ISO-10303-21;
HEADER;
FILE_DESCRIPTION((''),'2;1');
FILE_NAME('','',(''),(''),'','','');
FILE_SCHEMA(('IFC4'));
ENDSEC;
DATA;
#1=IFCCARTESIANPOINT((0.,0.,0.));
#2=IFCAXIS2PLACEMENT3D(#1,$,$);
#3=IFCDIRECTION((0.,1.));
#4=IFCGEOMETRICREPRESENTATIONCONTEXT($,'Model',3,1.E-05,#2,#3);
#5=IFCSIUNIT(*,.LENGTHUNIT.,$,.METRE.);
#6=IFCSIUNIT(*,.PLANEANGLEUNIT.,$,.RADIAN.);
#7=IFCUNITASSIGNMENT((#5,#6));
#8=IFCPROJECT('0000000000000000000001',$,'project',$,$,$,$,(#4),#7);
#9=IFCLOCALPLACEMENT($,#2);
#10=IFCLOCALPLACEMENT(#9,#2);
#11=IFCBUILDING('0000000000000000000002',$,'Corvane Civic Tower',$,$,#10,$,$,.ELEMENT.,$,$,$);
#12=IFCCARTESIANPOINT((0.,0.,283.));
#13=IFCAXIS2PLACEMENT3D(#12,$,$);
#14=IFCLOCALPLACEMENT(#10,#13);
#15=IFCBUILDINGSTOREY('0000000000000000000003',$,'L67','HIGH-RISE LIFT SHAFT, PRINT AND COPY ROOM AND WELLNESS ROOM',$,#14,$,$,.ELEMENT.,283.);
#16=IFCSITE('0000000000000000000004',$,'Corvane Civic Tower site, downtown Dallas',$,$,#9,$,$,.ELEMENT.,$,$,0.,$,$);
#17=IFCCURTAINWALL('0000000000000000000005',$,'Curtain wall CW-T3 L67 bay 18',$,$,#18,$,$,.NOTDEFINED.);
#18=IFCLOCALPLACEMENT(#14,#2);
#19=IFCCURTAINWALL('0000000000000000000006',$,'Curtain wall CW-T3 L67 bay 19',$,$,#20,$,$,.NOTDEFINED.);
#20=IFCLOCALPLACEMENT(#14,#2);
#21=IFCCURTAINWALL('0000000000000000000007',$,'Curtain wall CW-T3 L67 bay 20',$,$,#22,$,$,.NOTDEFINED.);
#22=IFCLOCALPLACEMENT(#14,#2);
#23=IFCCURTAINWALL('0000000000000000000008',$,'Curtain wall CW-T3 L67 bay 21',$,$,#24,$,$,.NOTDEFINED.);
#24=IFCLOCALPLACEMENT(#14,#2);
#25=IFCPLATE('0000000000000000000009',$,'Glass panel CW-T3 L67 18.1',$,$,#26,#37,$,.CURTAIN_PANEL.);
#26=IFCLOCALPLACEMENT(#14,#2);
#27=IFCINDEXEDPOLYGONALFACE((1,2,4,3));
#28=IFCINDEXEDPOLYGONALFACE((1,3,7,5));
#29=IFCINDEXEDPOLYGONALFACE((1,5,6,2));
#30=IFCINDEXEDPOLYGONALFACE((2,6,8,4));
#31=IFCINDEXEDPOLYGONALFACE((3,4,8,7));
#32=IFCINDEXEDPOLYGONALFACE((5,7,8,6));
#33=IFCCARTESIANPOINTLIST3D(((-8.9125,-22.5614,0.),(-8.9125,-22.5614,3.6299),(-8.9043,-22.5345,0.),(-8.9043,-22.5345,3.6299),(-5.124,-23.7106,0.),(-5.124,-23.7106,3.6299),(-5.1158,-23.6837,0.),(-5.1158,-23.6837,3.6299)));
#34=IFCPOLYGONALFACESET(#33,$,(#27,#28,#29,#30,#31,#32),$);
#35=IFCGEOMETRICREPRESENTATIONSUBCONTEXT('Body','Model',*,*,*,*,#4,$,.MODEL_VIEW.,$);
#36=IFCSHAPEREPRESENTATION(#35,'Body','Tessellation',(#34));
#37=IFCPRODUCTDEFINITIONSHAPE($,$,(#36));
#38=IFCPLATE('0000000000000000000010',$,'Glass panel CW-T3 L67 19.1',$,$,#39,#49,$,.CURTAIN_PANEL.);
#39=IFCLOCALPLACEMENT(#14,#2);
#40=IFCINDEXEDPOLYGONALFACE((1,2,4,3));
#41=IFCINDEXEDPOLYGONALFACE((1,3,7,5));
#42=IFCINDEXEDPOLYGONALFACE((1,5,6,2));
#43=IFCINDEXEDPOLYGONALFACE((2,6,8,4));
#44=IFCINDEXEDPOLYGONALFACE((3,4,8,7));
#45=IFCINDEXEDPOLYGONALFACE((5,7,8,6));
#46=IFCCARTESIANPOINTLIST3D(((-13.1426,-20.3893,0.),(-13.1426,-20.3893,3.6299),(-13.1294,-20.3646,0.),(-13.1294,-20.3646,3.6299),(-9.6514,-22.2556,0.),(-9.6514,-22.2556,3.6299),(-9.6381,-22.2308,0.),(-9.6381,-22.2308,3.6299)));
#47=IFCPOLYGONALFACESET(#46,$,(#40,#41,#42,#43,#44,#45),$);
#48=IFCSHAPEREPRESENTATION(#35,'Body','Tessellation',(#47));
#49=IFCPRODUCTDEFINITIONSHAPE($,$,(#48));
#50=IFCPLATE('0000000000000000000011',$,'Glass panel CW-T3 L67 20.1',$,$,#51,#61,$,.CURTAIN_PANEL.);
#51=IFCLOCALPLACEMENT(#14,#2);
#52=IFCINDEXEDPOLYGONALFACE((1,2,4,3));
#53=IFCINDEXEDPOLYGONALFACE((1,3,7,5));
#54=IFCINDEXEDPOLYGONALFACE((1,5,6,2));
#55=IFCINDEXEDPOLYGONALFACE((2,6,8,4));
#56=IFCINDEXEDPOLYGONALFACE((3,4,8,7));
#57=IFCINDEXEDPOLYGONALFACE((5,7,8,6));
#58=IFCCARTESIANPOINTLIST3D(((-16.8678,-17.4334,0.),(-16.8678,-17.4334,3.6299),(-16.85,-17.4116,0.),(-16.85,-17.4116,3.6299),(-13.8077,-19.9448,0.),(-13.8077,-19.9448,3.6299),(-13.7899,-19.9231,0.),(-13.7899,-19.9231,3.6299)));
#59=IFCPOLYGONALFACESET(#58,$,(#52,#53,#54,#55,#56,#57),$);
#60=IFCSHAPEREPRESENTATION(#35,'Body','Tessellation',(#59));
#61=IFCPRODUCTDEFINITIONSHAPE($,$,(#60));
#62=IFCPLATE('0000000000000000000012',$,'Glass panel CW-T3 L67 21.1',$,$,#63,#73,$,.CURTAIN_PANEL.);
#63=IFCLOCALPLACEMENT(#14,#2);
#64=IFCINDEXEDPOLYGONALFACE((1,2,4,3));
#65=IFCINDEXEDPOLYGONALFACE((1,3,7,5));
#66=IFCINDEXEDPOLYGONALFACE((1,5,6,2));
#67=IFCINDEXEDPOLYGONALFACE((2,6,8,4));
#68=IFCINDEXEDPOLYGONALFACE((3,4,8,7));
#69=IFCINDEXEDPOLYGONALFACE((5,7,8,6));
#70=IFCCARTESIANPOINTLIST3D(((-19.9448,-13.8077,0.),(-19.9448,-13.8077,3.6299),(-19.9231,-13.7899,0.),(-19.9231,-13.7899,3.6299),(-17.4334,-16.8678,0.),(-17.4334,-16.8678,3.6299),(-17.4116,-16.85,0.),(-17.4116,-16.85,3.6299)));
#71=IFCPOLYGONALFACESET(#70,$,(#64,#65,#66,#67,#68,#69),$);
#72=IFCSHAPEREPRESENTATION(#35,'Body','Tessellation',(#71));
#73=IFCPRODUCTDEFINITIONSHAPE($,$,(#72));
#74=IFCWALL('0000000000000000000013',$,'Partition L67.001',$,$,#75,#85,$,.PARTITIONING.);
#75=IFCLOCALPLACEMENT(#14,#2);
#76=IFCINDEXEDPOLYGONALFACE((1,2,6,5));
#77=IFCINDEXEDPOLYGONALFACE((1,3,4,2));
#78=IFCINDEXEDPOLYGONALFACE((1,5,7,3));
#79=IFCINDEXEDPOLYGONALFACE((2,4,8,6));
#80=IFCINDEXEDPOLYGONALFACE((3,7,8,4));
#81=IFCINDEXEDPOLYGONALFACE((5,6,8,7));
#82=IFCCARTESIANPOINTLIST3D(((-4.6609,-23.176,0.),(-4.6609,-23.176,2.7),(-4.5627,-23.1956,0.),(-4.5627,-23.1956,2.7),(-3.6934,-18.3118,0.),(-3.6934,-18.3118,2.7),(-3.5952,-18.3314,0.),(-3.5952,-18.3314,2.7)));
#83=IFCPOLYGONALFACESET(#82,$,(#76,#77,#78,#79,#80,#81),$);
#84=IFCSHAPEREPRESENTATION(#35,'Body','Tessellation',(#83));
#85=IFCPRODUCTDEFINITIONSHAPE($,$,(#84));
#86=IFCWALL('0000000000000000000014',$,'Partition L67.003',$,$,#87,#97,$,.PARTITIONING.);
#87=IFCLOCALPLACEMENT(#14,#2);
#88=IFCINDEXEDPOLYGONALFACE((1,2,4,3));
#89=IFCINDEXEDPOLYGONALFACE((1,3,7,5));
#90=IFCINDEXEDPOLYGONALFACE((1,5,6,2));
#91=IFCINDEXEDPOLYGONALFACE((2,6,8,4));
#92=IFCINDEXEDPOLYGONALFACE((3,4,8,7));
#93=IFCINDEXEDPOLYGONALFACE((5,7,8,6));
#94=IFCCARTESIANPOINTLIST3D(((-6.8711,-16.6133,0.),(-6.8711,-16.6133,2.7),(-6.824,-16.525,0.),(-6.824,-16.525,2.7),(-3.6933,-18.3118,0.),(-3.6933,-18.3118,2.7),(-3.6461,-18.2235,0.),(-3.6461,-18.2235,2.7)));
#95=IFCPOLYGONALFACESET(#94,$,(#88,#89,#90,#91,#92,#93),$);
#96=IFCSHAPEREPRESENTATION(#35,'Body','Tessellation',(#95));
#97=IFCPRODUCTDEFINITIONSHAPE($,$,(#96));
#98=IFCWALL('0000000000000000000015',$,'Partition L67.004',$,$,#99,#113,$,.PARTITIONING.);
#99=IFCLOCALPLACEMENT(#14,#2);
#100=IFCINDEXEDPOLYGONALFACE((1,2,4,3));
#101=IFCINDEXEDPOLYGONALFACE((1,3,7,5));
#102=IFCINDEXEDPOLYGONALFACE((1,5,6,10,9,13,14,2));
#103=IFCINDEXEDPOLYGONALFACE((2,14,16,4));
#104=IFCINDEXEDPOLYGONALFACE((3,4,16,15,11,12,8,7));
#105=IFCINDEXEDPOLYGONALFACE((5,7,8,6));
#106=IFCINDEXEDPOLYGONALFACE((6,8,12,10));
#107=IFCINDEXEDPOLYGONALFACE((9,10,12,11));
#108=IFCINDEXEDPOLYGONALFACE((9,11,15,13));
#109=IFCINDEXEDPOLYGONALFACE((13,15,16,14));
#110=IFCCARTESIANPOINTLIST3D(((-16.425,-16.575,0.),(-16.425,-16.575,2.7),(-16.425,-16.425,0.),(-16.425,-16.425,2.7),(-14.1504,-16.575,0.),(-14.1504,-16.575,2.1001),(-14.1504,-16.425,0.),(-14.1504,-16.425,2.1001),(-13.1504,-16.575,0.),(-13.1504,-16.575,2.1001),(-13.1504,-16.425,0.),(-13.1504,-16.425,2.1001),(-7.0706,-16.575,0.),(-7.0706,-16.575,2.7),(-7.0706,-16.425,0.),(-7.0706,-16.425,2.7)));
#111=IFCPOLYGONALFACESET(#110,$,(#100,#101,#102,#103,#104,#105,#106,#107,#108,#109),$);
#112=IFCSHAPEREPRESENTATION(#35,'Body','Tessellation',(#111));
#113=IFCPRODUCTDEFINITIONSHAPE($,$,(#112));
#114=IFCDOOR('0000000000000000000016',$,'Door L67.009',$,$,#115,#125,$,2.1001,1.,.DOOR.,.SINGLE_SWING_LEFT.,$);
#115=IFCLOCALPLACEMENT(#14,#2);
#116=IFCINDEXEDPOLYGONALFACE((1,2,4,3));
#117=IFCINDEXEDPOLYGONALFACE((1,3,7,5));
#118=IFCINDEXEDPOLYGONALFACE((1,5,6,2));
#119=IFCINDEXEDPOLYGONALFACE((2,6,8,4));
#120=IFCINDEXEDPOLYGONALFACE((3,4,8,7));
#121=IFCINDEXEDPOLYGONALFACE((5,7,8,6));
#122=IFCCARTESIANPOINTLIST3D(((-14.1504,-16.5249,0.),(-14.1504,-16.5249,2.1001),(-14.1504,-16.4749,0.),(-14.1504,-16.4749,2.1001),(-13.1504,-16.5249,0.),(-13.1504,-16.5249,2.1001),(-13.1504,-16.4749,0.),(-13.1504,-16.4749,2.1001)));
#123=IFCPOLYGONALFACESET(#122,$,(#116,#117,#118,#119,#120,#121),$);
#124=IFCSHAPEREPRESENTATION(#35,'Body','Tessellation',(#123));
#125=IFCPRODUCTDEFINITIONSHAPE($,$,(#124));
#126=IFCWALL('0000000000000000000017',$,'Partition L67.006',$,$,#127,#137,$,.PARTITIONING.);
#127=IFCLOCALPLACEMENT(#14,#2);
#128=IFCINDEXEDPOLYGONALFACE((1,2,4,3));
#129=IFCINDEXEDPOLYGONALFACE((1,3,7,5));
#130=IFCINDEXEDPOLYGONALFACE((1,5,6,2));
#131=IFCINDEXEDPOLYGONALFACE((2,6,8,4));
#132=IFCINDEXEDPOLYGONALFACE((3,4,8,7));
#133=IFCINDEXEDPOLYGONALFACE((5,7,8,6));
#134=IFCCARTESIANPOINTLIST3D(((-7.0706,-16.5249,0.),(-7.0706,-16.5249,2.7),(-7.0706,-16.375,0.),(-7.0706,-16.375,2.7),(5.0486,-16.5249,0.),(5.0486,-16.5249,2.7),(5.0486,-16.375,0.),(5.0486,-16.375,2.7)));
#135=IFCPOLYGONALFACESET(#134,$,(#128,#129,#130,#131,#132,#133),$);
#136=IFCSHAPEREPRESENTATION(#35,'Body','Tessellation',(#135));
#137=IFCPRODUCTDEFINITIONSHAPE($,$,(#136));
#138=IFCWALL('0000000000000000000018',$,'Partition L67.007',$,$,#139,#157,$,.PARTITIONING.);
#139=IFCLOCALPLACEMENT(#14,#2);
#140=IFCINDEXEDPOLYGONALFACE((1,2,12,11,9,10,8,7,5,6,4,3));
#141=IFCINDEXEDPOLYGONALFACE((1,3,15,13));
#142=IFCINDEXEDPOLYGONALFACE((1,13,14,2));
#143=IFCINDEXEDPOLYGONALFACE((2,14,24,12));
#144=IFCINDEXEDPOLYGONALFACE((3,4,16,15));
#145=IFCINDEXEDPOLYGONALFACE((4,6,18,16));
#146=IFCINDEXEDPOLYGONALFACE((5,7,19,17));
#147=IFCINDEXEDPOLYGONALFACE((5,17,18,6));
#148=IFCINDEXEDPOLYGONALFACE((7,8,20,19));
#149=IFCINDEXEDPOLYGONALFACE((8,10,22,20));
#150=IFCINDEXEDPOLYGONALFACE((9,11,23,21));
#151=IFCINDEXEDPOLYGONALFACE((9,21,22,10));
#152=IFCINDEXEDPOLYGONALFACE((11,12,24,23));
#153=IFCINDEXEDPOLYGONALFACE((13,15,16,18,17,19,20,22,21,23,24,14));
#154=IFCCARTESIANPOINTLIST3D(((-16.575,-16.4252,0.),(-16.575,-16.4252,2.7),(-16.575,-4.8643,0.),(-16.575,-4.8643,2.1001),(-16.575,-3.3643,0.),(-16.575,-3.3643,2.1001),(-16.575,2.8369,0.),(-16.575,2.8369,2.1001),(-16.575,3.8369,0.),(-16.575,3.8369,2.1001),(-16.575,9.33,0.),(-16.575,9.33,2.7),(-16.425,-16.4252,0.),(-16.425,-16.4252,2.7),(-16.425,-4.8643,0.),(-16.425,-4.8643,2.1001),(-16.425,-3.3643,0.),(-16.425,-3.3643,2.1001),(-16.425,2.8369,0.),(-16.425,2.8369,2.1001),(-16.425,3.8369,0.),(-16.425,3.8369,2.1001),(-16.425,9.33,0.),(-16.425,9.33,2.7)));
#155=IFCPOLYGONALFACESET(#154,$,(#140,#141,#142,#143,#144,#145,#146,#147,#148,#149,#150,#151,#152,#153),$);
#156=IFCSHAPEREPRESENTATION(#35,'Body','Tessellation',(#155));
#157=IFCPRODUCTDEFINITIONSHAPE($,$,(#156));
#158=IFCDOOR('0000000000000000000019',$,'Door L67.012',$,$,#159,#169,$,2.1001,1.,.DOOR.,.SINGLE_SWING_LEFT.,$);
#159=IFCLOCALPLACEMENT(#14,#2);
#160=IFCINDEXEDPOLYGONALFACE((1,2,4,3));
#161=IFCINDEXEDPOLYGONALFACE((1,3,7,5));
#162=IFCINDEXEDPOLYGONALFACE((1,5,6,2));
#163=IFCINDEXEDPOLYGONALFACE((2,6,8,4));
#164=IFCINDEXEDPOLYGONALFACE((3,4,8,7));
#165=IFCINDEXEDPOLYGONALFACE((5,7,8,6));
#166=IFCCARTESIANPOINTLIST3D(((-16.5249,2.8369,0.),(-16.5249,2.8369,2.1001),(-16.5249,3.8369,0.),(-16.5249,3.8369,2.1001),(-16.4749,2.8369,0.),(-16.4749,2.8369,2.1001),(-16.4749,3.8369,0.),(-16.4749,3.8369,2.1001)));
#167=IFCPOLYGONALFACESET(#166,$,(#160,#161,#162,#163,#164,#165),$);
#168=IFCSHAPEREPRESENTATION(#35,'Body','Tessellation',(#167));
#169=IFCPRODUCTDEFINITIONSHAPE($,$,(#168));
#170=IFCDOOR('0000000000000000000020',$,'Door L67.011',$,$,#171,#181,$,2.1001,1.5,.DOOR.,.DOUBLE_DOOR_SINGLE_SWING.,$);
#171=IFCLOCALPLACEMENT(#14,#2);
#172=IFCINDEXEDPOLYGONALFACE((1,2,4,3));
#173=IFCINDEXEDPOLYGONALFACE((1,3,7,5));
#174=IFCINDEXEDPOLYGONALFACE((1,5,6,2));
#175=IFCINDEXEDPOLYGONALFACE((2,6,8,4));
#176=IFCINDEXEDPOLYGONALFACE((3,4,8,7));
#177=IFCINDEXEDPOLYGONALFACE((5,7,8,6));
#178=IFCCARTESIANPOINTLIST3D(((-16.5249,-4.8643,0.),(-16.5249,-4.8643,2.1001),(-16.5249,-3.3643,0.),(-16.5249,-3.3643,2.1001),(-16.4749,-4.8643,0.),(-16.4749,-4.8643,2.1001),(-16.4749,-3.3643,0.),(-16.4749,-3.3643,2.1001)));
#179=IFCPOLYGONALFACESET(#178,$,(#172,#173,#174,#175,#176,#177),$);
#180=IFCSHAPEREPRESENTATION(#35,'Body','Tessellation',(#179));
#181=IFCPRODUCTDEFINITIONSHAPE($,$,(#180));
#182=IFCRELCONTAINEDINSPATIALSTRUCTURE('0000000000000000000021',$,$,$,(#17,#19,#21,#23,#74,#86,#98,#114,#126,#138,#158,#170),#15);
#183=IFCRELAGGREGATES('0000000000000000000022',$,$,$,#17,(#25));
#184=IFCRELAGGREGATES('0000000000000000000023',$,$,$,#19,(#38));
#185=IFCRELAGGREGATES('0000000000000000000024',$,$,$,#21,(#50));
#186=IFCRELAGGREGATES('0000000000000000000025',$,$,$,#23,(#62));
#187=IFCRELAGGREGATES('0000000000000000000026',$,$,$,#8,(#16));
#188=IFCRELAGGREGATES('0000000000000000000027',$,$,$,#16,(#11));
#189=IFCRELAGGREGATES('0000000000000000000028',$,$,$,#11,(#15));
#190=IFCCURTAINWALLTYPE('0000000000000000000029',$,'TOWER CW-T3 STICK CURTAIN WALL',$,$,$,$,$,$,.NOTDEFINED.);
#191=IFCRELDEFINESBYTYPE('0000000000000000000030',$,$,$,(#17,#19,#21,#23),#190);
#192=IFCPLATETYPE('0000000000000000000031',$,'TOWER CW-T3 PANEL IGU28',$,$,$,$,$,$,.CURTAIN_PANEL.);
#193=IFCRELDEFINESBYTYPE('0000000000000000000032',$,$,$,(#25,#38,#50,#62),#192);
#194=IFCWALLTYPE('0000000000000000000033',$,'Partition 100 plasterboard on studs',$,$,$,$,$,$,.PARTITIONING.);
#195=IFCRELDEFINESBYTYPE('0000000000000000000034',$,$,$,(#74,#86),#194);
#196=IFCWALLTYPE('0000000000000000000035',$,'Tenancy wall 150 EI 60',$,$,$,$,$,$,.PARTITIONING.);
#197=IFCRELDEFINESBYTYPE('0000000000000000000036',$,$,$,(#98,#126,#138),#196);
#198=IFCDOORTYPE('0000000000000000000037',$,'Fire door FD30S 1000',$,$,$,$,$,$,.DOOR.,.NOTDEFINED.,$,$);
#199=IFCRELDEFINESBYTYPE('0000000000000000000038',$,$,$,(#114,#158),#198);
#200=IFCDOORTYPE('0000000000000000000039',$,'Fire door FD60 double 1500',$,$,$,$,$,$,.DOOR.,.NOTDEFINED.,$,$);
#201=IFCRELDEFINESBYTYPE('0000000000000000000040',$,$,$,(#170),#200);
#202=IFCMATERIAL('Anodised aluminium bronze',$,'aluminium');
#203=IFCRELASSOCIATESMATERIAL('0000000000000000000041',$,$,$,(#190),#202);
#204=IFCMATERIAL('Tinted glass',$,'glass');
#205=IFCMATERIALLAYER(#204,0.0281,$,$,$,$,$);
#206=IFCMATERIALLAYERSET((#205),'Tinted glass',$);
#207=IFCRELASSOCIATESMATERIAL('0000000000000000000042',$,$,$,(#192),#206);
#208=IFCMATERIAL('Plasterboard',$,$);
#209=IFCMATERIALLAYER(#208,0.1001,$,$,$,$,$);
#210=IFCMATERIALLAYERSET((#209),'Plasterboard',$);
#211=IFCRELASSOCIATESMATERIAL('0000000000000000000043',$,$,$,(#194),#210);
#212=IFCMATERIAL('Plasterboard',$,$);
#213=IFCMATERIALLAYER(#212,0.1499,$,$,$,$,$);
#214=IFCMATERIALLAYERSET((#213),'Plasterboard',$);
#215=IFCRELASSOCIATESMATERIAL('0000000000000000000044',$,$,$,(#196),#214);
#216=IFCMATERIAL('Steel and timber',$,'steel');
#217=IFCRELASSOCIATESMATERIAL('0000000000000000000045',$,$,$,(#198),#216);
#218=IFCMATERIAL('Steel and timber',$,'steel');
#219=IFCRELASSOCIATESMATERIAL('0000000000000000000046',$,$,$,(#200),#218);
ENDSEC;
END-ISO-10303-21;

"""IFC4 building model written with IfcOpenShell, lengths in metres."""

from ifc_helpers import new_model, si_unit, direction, frame, frame_2d, origin, origin_2d, place, context, subcontext, project, spatial, rectangle, extrude, material, layer, layer_set, type_object, element, fill, aggregate, save


model = new_model("IFC4")

# Units and contexts
model_context = context("Model", 3, precision=1e-05, world=origin(), true_north=direction((0.0, 1.0)))
body_context = subcontext(model_context, "Body", "Model", "MODEL_VIEW")
ifc_project = project(units=[si_unit("LENGTHUNIT", "METRE"), si_unit("PLANEANGLEUNIT", "RADIAN")], contexts=[model_context])

# Site, building, storey
site_placement = place(None, origin())
site = spatial("IfcSite", under=ifc_project, at=site_placement, Name="Corvane Civic Tower site, downtown Dallas", CompositionType="ELEMENT", RefElevation=0.0)
building_placement = place(site_placement, origin())
building = spatial("IfcBuilding", under=site, at=building_placement, Name="Corvane Civic Tower", CompositionType="ELEMENT")
storey_placement = place(building_placement, frame((0.0, 0.0, 283.0)))
storey = spatial("IfcBuildingStorey", under=building, at=storey_placement, Name="L67", Description="HIGH-RISE LIFT SHAFT, PRINT AND COPY ROOM AND WELLNESS ROOM", CompositionType="ELEMENT", Elevation=283.0)

# Curtain walls
ifc_material_1 = material(Name="Anodised aluminium bronze", Category="aluminium")
curtain_wall_type = type_object("IfcCurtainWallType", Name="TOWER CW-T3 STICK CURTAIN WALL", PredefinedType="NOTDEFINED", material=ifc_material_1)
curtain_wall_1_placement = place(storey_placement, origin())
curtain_wall_1 = element("IfcCurtainWall", 1, at=curtain_wall_1_placement, inside=storey, type_object=curtain_wall_type, Name="Curtain wall CW-T3 L67 bay 18", PredefinedType="NOTDEFINED")
curtain_wall_2_placement = place(storey_placement, origin())
curtain_wall_2 = element("IfcCurtainWall", 2, at=curtain_wall_2_placement, inside=storey, type_object=curtain_wall_type, Name="Curtain wall CW-T3 L67 bay 19", PredefinedType="NOTDEFINED")
curtain_wall_3_placement = place(storey_placement, origin())
curtain_wall_3 = element("IfcCurtainWall", 3, at=curtain_wall_3_placement, inside=storey, type_object=curtain_wall_type, Name="Curtain wall CW-T3 L67 bay 20", PredefinedType="NOTDEFINED")
curtain_wall_4_placement = place(storey_placement, origin())
curtain_wall_4 = element("IfcCurtainWall", 4, at=curtain_wall_4_placement, inside=storey, type_object=curtain_wall_type, Name="Curtain wall CW-T3 L67 bay 21", PredefinedType="NOTDEFINED")

# Plates
ifc_material_2 = material(Name="Tinted glass", Category="glass")
ifc_layer_1 = layer(ifc_material_2, 0.0281)
ifc_layer_set_1 = layer_set([ifc_layer_1], Name="Tinted glass")
plate_type = type_object("IfcPlateType", Name="TOWER CW-T3 PANEL IGU28", PredefinedType="CURTAIN_PANEL", material=ifc_layer_set_1)
plate_1_placement = place(storey_placement, frame((-7.0142, -23.1226, 0.0), z_axis=(0.0, 0.0, 1.0), x_axis=(-0.956944, 0.290274, 0.0)))
plate_1 = element("IfcPlate", 5, at=plate_1_placement, type_object=plate_type, Name="Glass panel CW-T3 L67 18.1", PredefinedType="CURTAIN_PANEL", context=body_context, shape_type="SweptSolid", body=[
    extrude(rectangle(XDim=3.959, YDim=0.0281, at=origin_2d()), origin(), (0.0, 0.0, 1.0), 3.6299),
])
aggregate(curtain_wall_1, [plate_1])
plate_2_placement = place(storey_placement, frame((-11.3904, -21.3101, 0.0), z_axis=(0.0, 0.0, 1.0), x_axis=(-0.881908, 0.471421, 0.0)))
plate_2 = element("IfcPlate", 6, at=plate_2_placement, type_object=plate_type, Name="Glass panel CW-T3 L67 19.1", PredefinedType="CURTAIN_PANEL", context=body_context, shape_type="SweptSolid", body=[
    extrude(rectangle(XDim=3.9587, YDim=0.0281, at=origin_2d()), origin(), (0.0, 0.0, 1.0), 3.6299),
])
aggregate(curtain_wall_2, [plate_2])
plate_3_placement = place(storey_placement, frame((-15.3289, -18.6782, 0.0), z_axis=(0.0, 0.0, 1.0), x_axis=(-0.773001, 0.634405, 0.0)))
plate_3 = element("IfcPlate", 7, at=plate_3_placement, type_object=plate_type, Name="Glass panel CW-T3 L67 20.1", PredefinedType="CURTAIN_PANEL", context=body_context, shape_type="SweptSolid", body=[
    extrude(rectangle(XDim=3.9587, YDim=0.0281, at=origin_2d()), origin(), (0.0, 0.0, 1.0), 3.6299),
])
aggregate(curtain_wall_3, [plate_3])
plate_4_placement = place(storey_placement, frame((-18.6782, -15.3289, 0.0), z_axis=(0.0, 0.0, 1.0), x_axis=(-0.634405, 0.773001, 0.0)))
plate_4 = element("IfcPlate", 8, at=plate_4_placement, type_object=plate_type, Name="Glass panel CW-T3 L67 21.1", PredefinedType="CURTAIN_PANEL", context=body_context, shape_type="SweptSolid", body=[
    extrude(rectangle(XDim=3.9587, YDim=0.0281, at=origin_2d()), origin(), (0.0, 0.0, 1.0), 3.6299),
])
aggregate(curtain_wall_4, [plate_4])

# Walls
ifc_material_3 = material(Name="Plasterboard")
ifc_layer_2 = layer(ifc_material_3, 0.1001)
ifc_layer_set_2 = layer_set([ifc_layer_2], Name="Plasterboard")
wall_type_1 = type_object("IfcWallType", Name="Partition 100 plasterboard on studs", PredefinedType="PARTITIONING", material=ifc_layer_set_2)
wall_1_placement = place(storey_placement, frame((-4.6118, -23.1858, 0.0), z_axis=(0.0, 0.0, 1.0), x_axis=(0.195084, 0.980787, 0.0)))
element("IfcWall", 9, at=wall_1_placement, inside=storey, type_object=wall_type_1, Name="Partition L67.001", PredefinedType="PARTITIONING", context=body_context, shape_type="SweptSolid", body=[
    extrude(rectangle(XDim=4.9595, YDim=0.1001, at=frame_2d((2.4797, 0.0))), origin(), (0.0, 0.0, 1.0), 2.7),
])
wall_2_placement = place(storey_placement, frame((-6.8477, -16.5691, 0.0), z_axis=(0.0, 0.0, 1.0), x_axis=(0.881927, -0.471386, 0.0)))
element("IfcWall", 10, at=wall_2_placement, inside=storey, type_object=wall_type_1, Name="Partition L67.003", PredefinedType="PARTITIONING", context=body_context, shape_type="SweptSolid", body=[
    extrude(rectangle(XDim=3.6033, YDim=0.1001, at=frame_2d((1.8018, 0.0))), origin(), (0.0, 0.0, 1.0), 2.7),
])

# Wall, opening, door
ifc_material_4 = material(Name="Plasterboard")
ifc_layer_3 = layer(ifc_material_4, 0.1499)
ifc_layer_set_3 = layer_set([ifc_layer_3], Name="Plasterboard")
wall_type_2 = type_object("IfcWallType", Name="Tenancy wall 150 EI 60", PredefinedType="PARTITIONING", material=ifc_layer_set_3)
wall_3_placement = place(storey_placement, frame((-16.425, -16.5, 0.0), z_axis=(0.0, 0.0, 1.0), x_axis=(1.0, 0.0, 0.0)))
wall_3 = element("IfcWall", 11, at=wall_3_placement, inside=storey, type_object=wall_type_2, Name="Partition L67.004", PredefinedType="PARTITIONING", context=body_context, shape_type="SweptSolid", body=[
    extrude(rectangle(XDim=9.3545, YDim=0.1499, at=frame_2d((4.6772, 0.0))), origin(), (0.0, 0.0, 1.0), 2.7),
])
opening_1_placement = place(wall_3_placement, frame((2.2747, 0.0, 0.0)))
opening_1 = element("IfcOpeningElement", 12, at=opening_1_placement, cuts=wall_3, PredefinedType="OPENING", context=body_context, shape_type="SweptSolid", body=[
    extrude(rectangle(XDim=1.0, YDim=2.1001, at=frame_2d((0.5, 1.05))), frame((0.0, 0.085, 0.0), z_axis=(0.0, -1.0, 0.0), x_axis=(1.0, 0.0, 0.0)), (0.0, 0.0, 1.0), 0.1699),
])
ifc_material_5 = material(Name="Steel and timber", Category="steel")
door_type_1 = type_object("IfcDoorType", Name="Fire door FD30S 1000", OperationType="NOTDEFINED", PredefinedType="DOOR", material=ifc_material_5)
door_1_placement = place(opening_1_placement, frame((1.0, 0.0, 0.0), z_axis=(0.0, 0.0, 1.0), x_axis=(-1.0, 0.0, 0.0)))
door_1 = element("IfcDoor", 13, at=door_1_placement, inside=storey, type_object=door_type_1, Name="Door L67.009", OperationType="SINGLE_SWING_LEFT", OverallHeight=2.1001, OverallWidth=1.0, PredefinedType="DOOR", context=body_context, shape_type="SweptSolid", body=[
    extrude(rectangle(XDim=1.0, YDim=2.1001, at=frame_2d((0.5, 1.05))), frame((0.0, 0.0249, 0.0), z_axis=(0.0, -1.0, 0.0), x_axis=(1.0, 0.0, 0.0)), (0.0, 0.0, 1.0), 0.05),
])
fill(opening_1, door_1)

# Wall
wall_4_placement = place(storey_placement, frame((-7.0706, -16.45, 0.0), z_axis=(0.0, 0.0, 1.0), x_axis=(1.0, 0.0, 0.0)))
element("IfcWall", 14, at=wall_4_placement, inside=storey, type_object=wall_type_2, Name="Partition L67.006", PredefinedType="PARTITIONING", context=body_context, shape_type="SweptSolid", body=[
    extrude(rectangle(XDim=12.1191, YDim=0.1499, at=frame_2d((6.0596, 0.0))), origin(), (0.0, 0.0, 1.0), 2.7),
])

# Wall, openings, doors
wall_5_placement = place(storey_placement, frame((-16.5, -16.425, 0.0), z_axis=(0.0, 0.0, 1.0), x_axis=(0.0, 1.0, 0.0)))
wall_5 = element("IfcWall", 15, at=wall_5_placement, inside=storey, type_object=wall_type_2, Name="Partition L67.007", PredefinedType="PARTITIONING", context=body_context, shape_type="SweptSolid", body=[
    extrude(rectangle(XDim=25.7551, YDim=0.1499, at=frame_2d((12.8774, 0.0))), origin(), (0.0, 0.0, 1.0), 2.7),
])
opening_2_placement = place(wall_5_placement, frame((11.5608, 0.0, 0.0)))
opening_2 = element("IfcOpeningElement", 16, at=opening_2_placement, cuts=wall_5, PredefinedType="OPENING", context=body_context, shape_type="SweptSolid", body=[
    extrude(rectangle(XDim=1.5, YDim=2.1001, at=frame_2d((0.75, 1.05))), frame((0.0, 0.085, 0.0), z_axis=(0.0, -1.0, 0.0), x_axis=(1.0, 0.0, 0.0)), (0.0, 0.0, 1.0), 0.1699),
])
opening_3_placement = place(wall_5_placement, frame((19.262, 0.0, 0.0)))
opening_3 = element("IfcOpeningElement", 17, at=opening_3_placement, cuts=wall_5, PredefinedType="OPENING", context=body_context, shape_type="SweptSolid", body=[
    extrude(rectangle(XDim=1.0, YDim=2.1001, at=frame_2d((0.5, 1.05))), frame((0.0, 0.085, 0.0), z_axis=(0.0, -1.0, 0.0), x_axis=(1.0, 0.0, 0.0)), (0.0, 0.0, 1.0), 0.1699),
])
door_2_placement = place(opening_3_placement, origin())
door_2 = element("IfcDoor", 18, at=door_2_placement, inside=storey, type_object=door_type_1, Name="Door L67.012", OperationType="SINGLE_SWING_LEFT", OverallHeight=2.1001, OverallWidth=1.0, PredefinedType="DOOR", context=body_context, shape_type="SweptSolid", body=[
    extrude(rectangle(XDim=1.0, YDim=2.1001, at=frame_2d((0.5, 1.05))), frame((0.0, 0.0249, 0.0), z_axis=(0.0, -1.0, 0.0), x_axis=(1.0, 0.0, 0.0)), (0.0, 0.0, 1.0), 0.05),
])
fill(opening_3, door_2)
ifc_material_6 = material(Name="Steel and timber", Category="steel")
door_type_2 = type_object("IfcDoorType", Name="Fire door FD60 double 1500", OperationType="NOTDEFINED", PredefinedType="DOOR", material=ifc_material_6)
door_3_placement = place(opening_2_placement, origin())
door_3 = element("IfcDoor", 19, at=door_3_placement, inside=storey, type_object=door_type_2, Name="Door L67.011", OperationType="DOUBLE_DOOR_SINGLE_SWING", OverallHeight=2.1001, OverallWidth=1.5, PredefinedType="DOOR", context=body_context, shape_type="SweptSolid", body=[
    extrude(rectangle(XDim=1.5, YDim=2.1001, at=frame_2d((0.75, 1.05))), frame((0.0, 0.0249, 0.0), z_axis=(0.0, -1.0, 0.0), x_axis=(1.0, 0.0, 0.0)), (0.0, 0.0, 1.0), 0.05),
])
fill(opening_2, door_3)

save(model, "model.ifc")
